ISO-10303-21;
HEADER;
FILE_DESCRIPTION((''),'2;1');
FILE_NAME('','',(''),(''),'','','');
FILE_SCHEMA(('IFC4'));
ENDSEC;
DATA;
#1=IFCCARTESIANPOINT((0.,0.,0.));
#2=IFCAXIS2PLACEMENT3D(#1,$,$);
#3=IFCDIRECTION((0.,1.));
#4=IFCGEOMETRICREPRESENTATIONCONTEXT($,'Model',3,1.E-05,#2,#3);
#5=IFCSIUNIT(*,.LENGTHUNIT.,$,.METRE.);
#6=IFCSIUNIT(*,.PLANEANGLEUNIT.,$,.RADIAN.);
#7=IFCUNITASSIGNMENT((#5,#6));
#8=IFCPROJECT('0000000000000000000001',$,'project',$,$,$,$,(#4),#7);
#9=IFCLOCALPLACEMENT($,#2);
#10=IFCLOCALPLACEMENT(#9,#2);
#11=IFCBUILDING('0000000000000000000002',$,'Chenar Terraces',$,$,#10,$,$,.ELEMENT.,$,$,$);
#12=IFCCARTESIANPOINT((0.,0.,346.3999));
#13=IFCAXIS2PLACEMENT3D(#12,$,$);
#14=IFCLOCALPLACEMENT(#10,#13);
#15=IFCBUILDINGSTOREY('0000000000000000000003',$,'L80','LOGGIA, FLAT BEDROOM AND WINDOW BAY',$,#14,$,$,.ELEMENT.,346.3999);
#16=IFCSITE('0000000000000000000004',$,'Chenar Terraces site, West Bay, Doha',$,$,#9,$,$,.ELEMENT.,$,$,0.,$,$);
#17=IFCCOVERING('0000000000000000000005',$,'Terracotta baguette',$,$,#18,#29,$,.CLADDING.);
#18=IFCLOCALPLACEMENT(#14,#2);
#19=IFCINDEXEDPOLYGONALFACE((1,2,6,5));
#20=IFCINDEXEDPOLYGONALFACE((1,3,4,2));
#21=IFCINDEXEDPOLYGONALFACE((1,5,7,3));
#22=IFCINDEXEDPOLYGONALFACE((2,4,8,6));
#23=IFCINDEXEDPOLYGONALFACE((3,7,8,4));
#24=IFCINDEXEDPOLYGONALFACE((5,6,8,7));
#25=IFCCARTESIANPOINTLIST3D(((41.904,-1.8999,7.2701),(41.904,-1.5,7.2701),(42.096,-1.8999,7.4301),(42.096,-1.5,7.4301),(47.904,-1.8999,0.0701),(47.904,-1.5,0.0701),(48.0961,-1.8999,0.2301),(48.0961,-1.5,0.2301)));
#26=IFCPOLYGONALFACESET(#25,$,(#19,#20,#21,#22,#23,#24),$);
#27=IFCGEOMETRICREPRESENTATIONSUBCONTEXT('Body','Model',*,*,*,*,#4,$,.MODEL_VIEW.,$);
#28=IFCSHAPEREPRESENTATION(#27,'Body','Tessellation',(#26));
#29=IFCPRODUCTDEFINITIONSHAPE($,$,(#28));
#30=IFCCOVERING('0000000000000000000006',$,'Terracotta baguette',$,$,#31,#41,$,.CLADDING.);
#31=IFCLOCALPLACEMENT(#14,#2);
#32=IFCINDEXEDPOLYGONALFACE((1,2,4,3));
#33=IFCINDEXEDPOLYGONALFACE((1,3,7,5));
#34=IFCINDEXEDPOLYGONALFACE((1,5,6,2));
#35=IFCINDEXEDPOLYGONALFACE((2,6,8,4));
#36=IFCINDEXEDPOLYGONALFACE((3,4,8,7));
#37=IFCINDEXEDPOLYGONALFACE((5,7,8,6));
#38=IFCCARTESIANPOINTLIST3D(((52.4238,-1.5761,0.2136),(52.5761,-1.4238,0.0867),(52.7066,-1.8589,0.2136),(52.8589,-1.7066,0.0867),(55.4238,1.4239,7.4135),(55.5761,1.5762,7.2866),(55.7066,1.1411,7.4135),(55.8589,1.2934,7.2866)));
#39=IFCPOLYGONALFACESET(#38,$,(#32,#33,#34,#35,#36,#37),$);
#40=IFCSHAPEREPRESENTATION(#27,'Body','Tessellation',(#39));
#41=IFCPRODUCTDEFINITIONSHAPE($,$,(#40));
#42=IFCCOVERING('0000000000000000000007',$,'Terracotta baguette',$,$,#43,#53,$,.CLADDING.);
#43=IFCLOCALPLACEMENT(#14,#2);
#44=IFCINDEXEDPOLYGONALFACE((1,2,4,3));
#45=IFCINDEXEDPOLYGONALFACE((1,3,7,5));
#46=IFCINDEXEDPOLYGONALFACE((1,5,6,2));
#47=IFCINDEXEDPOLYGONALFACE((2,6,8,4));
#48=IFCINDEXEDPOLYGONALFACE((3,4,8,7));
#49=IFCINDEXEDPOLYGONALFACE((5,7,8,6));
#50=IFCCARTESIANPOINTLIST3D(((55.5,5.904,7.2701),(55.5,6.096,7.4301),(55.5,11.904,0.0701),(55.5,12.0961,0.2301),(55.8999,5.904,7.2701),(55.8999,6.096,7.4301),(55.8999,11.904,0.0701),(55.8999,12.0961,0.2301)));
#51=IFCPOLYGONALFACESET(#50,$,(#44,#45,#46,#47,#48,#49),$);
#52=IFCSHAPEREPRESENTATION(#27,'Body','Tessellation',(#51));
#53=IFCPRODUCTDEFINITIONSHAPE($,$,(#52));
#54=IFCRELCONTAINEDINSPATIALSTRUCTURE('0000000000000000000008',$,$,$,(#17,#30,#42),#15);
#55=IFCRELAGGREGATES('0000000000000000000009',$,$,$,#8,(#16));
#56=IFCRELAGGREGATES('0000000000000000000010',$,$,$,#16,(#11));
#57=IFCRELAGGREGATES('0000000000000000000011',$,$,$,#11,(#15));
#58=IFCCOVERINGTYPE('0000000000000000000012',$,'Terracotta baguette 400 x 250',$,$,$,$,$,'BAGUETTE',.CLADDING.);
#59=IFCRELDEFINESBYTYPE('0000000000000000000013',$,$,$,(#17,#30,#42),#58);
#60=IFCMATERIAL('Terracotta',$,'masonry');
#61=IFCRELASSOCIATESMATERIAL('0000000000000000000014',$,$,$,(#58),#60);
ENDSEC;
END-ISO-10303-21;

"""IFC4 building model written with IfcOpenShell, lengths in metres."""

from ifc_helpers import new_model, si_unit, direction, frame, origin, origin_2d, place, context, subcontext, project, spatial, rectangle, extrude, material, material_profile, profile_set, type_object, element, save


model = new_model("IFC4")

# Units and contexts
model_context = context("Model", 3, precision=1e-05, world=origin(), true_north=direction((0.0, 1.0)))
body_context = subcontext(model_context, "Body", "Model", "MODEL_VIEW")
ifc_project = project(units=[si_unit("LENGTHUNIT", "METRE"), si_unit("PLANEANGLEUNIT", "RADIAN")], contexts=[model_context])

# Site, building, storey
site_placement = place(None, origin())
site = spatial("IfcSite", under=ifc_project, at=site_placement, Name="Chenar Terraces site, West Bay, Doha", CompositionType="ELEMENT", RefElevation=0.0)
building_placement = place(site_placement, origin())
building = spatial("IfcBuilding", under=site, at=building_placement, Name="Chenar Terraces", CompositionType="ELEMENT")
storey_placement = place(building_placement, frame((0.0, 0.0, 346.3999)))
storey = spatial("IfcBuildingStorey", under=building, at=storey_placement, Name="L80", Description="LOGGIA, FLAT BEDROOM AND WINDOW BAY", CompositionType="ELEMENT", Elevation=346.3999)

# Coverings
ifc_material_1 = material(Name="Terracotta", Category="masonry")
ifc_material_profile_1 = material_profile(ifc_material_1, rectangle(XDim=0.3999, YDim=0.25, at=origin_2d()), Name="Terracotta baguette 400 x 250")
ifc_profile_set_1 = profile_set([ifc_material_profile_1], Name="Terracotta")
covering_type = type_object("IfcCoveringType", Name="Terracotta baguette 400 x 250", ElementType="BAGUETTE", PredefinedType="CLADDING", material=ifc_profile_set_1)
covering_1_placement = place(storey_placement, frame((42.0, -1.7, 7.3501), z_axis=(0.640187, 0.0, -0.768219), x_axis=(0.0, 1.0, 0.0)))
element("IfcCovering", 1, at=covering_1_placement, inside=storey, type_object=covering_type, Name="Terracotta baguette", PredefinedType="CLADDING", context=body_context, shape_type="SweptSolid", body=[
    extrude(rectangle(XDim=0.3999, YDim=0.25, at=origin_2d()), origin(), (0.0, 0.0, 1.0), 9.3723),
])
covering_2_placement = place(storey_placement, frame((52.6414, -1.6414, 0.1501), z_axis=(0.358981, 0.358981, 0.861548), x_axis=(-0.707107, 0.707107, 0.0)))
element("IfcCovering", 2, at=covering_2_placement, inside=storey, type_object=covering_type, Name="Terracotta baguette", PredefinedType="CLADDING", context=body_context, shape_type="SweptSolid", body=[
    extrude(rectangle(XDim=0.3999, YDim=0.25, at=origin_2d()), origin(), (0.0, 0.0, 1.0), 8.3569),
])
covering_3_placement = place(storey_placement, frame((55.7, 6.0, 7.3501), z_axis=(0.0, 0.640187, -0.768219), x_axis=(-1.0, 0.0, 0.0)))
element("IfcCovering", 3, at=covering_3_placement, inside=storey, type_object=covering_type, Name="Terracotta baguette", PredefinedType="CLADDING", context=body_context, shape_type="SweptSolid", body=[
    extrude(rectangle(XDim=0.3999, YDim=0.25, at=origin_2d()), origin(), (0.0, 0.0, 1.0), 9.3723),
])

save(model, "model.ifc")
